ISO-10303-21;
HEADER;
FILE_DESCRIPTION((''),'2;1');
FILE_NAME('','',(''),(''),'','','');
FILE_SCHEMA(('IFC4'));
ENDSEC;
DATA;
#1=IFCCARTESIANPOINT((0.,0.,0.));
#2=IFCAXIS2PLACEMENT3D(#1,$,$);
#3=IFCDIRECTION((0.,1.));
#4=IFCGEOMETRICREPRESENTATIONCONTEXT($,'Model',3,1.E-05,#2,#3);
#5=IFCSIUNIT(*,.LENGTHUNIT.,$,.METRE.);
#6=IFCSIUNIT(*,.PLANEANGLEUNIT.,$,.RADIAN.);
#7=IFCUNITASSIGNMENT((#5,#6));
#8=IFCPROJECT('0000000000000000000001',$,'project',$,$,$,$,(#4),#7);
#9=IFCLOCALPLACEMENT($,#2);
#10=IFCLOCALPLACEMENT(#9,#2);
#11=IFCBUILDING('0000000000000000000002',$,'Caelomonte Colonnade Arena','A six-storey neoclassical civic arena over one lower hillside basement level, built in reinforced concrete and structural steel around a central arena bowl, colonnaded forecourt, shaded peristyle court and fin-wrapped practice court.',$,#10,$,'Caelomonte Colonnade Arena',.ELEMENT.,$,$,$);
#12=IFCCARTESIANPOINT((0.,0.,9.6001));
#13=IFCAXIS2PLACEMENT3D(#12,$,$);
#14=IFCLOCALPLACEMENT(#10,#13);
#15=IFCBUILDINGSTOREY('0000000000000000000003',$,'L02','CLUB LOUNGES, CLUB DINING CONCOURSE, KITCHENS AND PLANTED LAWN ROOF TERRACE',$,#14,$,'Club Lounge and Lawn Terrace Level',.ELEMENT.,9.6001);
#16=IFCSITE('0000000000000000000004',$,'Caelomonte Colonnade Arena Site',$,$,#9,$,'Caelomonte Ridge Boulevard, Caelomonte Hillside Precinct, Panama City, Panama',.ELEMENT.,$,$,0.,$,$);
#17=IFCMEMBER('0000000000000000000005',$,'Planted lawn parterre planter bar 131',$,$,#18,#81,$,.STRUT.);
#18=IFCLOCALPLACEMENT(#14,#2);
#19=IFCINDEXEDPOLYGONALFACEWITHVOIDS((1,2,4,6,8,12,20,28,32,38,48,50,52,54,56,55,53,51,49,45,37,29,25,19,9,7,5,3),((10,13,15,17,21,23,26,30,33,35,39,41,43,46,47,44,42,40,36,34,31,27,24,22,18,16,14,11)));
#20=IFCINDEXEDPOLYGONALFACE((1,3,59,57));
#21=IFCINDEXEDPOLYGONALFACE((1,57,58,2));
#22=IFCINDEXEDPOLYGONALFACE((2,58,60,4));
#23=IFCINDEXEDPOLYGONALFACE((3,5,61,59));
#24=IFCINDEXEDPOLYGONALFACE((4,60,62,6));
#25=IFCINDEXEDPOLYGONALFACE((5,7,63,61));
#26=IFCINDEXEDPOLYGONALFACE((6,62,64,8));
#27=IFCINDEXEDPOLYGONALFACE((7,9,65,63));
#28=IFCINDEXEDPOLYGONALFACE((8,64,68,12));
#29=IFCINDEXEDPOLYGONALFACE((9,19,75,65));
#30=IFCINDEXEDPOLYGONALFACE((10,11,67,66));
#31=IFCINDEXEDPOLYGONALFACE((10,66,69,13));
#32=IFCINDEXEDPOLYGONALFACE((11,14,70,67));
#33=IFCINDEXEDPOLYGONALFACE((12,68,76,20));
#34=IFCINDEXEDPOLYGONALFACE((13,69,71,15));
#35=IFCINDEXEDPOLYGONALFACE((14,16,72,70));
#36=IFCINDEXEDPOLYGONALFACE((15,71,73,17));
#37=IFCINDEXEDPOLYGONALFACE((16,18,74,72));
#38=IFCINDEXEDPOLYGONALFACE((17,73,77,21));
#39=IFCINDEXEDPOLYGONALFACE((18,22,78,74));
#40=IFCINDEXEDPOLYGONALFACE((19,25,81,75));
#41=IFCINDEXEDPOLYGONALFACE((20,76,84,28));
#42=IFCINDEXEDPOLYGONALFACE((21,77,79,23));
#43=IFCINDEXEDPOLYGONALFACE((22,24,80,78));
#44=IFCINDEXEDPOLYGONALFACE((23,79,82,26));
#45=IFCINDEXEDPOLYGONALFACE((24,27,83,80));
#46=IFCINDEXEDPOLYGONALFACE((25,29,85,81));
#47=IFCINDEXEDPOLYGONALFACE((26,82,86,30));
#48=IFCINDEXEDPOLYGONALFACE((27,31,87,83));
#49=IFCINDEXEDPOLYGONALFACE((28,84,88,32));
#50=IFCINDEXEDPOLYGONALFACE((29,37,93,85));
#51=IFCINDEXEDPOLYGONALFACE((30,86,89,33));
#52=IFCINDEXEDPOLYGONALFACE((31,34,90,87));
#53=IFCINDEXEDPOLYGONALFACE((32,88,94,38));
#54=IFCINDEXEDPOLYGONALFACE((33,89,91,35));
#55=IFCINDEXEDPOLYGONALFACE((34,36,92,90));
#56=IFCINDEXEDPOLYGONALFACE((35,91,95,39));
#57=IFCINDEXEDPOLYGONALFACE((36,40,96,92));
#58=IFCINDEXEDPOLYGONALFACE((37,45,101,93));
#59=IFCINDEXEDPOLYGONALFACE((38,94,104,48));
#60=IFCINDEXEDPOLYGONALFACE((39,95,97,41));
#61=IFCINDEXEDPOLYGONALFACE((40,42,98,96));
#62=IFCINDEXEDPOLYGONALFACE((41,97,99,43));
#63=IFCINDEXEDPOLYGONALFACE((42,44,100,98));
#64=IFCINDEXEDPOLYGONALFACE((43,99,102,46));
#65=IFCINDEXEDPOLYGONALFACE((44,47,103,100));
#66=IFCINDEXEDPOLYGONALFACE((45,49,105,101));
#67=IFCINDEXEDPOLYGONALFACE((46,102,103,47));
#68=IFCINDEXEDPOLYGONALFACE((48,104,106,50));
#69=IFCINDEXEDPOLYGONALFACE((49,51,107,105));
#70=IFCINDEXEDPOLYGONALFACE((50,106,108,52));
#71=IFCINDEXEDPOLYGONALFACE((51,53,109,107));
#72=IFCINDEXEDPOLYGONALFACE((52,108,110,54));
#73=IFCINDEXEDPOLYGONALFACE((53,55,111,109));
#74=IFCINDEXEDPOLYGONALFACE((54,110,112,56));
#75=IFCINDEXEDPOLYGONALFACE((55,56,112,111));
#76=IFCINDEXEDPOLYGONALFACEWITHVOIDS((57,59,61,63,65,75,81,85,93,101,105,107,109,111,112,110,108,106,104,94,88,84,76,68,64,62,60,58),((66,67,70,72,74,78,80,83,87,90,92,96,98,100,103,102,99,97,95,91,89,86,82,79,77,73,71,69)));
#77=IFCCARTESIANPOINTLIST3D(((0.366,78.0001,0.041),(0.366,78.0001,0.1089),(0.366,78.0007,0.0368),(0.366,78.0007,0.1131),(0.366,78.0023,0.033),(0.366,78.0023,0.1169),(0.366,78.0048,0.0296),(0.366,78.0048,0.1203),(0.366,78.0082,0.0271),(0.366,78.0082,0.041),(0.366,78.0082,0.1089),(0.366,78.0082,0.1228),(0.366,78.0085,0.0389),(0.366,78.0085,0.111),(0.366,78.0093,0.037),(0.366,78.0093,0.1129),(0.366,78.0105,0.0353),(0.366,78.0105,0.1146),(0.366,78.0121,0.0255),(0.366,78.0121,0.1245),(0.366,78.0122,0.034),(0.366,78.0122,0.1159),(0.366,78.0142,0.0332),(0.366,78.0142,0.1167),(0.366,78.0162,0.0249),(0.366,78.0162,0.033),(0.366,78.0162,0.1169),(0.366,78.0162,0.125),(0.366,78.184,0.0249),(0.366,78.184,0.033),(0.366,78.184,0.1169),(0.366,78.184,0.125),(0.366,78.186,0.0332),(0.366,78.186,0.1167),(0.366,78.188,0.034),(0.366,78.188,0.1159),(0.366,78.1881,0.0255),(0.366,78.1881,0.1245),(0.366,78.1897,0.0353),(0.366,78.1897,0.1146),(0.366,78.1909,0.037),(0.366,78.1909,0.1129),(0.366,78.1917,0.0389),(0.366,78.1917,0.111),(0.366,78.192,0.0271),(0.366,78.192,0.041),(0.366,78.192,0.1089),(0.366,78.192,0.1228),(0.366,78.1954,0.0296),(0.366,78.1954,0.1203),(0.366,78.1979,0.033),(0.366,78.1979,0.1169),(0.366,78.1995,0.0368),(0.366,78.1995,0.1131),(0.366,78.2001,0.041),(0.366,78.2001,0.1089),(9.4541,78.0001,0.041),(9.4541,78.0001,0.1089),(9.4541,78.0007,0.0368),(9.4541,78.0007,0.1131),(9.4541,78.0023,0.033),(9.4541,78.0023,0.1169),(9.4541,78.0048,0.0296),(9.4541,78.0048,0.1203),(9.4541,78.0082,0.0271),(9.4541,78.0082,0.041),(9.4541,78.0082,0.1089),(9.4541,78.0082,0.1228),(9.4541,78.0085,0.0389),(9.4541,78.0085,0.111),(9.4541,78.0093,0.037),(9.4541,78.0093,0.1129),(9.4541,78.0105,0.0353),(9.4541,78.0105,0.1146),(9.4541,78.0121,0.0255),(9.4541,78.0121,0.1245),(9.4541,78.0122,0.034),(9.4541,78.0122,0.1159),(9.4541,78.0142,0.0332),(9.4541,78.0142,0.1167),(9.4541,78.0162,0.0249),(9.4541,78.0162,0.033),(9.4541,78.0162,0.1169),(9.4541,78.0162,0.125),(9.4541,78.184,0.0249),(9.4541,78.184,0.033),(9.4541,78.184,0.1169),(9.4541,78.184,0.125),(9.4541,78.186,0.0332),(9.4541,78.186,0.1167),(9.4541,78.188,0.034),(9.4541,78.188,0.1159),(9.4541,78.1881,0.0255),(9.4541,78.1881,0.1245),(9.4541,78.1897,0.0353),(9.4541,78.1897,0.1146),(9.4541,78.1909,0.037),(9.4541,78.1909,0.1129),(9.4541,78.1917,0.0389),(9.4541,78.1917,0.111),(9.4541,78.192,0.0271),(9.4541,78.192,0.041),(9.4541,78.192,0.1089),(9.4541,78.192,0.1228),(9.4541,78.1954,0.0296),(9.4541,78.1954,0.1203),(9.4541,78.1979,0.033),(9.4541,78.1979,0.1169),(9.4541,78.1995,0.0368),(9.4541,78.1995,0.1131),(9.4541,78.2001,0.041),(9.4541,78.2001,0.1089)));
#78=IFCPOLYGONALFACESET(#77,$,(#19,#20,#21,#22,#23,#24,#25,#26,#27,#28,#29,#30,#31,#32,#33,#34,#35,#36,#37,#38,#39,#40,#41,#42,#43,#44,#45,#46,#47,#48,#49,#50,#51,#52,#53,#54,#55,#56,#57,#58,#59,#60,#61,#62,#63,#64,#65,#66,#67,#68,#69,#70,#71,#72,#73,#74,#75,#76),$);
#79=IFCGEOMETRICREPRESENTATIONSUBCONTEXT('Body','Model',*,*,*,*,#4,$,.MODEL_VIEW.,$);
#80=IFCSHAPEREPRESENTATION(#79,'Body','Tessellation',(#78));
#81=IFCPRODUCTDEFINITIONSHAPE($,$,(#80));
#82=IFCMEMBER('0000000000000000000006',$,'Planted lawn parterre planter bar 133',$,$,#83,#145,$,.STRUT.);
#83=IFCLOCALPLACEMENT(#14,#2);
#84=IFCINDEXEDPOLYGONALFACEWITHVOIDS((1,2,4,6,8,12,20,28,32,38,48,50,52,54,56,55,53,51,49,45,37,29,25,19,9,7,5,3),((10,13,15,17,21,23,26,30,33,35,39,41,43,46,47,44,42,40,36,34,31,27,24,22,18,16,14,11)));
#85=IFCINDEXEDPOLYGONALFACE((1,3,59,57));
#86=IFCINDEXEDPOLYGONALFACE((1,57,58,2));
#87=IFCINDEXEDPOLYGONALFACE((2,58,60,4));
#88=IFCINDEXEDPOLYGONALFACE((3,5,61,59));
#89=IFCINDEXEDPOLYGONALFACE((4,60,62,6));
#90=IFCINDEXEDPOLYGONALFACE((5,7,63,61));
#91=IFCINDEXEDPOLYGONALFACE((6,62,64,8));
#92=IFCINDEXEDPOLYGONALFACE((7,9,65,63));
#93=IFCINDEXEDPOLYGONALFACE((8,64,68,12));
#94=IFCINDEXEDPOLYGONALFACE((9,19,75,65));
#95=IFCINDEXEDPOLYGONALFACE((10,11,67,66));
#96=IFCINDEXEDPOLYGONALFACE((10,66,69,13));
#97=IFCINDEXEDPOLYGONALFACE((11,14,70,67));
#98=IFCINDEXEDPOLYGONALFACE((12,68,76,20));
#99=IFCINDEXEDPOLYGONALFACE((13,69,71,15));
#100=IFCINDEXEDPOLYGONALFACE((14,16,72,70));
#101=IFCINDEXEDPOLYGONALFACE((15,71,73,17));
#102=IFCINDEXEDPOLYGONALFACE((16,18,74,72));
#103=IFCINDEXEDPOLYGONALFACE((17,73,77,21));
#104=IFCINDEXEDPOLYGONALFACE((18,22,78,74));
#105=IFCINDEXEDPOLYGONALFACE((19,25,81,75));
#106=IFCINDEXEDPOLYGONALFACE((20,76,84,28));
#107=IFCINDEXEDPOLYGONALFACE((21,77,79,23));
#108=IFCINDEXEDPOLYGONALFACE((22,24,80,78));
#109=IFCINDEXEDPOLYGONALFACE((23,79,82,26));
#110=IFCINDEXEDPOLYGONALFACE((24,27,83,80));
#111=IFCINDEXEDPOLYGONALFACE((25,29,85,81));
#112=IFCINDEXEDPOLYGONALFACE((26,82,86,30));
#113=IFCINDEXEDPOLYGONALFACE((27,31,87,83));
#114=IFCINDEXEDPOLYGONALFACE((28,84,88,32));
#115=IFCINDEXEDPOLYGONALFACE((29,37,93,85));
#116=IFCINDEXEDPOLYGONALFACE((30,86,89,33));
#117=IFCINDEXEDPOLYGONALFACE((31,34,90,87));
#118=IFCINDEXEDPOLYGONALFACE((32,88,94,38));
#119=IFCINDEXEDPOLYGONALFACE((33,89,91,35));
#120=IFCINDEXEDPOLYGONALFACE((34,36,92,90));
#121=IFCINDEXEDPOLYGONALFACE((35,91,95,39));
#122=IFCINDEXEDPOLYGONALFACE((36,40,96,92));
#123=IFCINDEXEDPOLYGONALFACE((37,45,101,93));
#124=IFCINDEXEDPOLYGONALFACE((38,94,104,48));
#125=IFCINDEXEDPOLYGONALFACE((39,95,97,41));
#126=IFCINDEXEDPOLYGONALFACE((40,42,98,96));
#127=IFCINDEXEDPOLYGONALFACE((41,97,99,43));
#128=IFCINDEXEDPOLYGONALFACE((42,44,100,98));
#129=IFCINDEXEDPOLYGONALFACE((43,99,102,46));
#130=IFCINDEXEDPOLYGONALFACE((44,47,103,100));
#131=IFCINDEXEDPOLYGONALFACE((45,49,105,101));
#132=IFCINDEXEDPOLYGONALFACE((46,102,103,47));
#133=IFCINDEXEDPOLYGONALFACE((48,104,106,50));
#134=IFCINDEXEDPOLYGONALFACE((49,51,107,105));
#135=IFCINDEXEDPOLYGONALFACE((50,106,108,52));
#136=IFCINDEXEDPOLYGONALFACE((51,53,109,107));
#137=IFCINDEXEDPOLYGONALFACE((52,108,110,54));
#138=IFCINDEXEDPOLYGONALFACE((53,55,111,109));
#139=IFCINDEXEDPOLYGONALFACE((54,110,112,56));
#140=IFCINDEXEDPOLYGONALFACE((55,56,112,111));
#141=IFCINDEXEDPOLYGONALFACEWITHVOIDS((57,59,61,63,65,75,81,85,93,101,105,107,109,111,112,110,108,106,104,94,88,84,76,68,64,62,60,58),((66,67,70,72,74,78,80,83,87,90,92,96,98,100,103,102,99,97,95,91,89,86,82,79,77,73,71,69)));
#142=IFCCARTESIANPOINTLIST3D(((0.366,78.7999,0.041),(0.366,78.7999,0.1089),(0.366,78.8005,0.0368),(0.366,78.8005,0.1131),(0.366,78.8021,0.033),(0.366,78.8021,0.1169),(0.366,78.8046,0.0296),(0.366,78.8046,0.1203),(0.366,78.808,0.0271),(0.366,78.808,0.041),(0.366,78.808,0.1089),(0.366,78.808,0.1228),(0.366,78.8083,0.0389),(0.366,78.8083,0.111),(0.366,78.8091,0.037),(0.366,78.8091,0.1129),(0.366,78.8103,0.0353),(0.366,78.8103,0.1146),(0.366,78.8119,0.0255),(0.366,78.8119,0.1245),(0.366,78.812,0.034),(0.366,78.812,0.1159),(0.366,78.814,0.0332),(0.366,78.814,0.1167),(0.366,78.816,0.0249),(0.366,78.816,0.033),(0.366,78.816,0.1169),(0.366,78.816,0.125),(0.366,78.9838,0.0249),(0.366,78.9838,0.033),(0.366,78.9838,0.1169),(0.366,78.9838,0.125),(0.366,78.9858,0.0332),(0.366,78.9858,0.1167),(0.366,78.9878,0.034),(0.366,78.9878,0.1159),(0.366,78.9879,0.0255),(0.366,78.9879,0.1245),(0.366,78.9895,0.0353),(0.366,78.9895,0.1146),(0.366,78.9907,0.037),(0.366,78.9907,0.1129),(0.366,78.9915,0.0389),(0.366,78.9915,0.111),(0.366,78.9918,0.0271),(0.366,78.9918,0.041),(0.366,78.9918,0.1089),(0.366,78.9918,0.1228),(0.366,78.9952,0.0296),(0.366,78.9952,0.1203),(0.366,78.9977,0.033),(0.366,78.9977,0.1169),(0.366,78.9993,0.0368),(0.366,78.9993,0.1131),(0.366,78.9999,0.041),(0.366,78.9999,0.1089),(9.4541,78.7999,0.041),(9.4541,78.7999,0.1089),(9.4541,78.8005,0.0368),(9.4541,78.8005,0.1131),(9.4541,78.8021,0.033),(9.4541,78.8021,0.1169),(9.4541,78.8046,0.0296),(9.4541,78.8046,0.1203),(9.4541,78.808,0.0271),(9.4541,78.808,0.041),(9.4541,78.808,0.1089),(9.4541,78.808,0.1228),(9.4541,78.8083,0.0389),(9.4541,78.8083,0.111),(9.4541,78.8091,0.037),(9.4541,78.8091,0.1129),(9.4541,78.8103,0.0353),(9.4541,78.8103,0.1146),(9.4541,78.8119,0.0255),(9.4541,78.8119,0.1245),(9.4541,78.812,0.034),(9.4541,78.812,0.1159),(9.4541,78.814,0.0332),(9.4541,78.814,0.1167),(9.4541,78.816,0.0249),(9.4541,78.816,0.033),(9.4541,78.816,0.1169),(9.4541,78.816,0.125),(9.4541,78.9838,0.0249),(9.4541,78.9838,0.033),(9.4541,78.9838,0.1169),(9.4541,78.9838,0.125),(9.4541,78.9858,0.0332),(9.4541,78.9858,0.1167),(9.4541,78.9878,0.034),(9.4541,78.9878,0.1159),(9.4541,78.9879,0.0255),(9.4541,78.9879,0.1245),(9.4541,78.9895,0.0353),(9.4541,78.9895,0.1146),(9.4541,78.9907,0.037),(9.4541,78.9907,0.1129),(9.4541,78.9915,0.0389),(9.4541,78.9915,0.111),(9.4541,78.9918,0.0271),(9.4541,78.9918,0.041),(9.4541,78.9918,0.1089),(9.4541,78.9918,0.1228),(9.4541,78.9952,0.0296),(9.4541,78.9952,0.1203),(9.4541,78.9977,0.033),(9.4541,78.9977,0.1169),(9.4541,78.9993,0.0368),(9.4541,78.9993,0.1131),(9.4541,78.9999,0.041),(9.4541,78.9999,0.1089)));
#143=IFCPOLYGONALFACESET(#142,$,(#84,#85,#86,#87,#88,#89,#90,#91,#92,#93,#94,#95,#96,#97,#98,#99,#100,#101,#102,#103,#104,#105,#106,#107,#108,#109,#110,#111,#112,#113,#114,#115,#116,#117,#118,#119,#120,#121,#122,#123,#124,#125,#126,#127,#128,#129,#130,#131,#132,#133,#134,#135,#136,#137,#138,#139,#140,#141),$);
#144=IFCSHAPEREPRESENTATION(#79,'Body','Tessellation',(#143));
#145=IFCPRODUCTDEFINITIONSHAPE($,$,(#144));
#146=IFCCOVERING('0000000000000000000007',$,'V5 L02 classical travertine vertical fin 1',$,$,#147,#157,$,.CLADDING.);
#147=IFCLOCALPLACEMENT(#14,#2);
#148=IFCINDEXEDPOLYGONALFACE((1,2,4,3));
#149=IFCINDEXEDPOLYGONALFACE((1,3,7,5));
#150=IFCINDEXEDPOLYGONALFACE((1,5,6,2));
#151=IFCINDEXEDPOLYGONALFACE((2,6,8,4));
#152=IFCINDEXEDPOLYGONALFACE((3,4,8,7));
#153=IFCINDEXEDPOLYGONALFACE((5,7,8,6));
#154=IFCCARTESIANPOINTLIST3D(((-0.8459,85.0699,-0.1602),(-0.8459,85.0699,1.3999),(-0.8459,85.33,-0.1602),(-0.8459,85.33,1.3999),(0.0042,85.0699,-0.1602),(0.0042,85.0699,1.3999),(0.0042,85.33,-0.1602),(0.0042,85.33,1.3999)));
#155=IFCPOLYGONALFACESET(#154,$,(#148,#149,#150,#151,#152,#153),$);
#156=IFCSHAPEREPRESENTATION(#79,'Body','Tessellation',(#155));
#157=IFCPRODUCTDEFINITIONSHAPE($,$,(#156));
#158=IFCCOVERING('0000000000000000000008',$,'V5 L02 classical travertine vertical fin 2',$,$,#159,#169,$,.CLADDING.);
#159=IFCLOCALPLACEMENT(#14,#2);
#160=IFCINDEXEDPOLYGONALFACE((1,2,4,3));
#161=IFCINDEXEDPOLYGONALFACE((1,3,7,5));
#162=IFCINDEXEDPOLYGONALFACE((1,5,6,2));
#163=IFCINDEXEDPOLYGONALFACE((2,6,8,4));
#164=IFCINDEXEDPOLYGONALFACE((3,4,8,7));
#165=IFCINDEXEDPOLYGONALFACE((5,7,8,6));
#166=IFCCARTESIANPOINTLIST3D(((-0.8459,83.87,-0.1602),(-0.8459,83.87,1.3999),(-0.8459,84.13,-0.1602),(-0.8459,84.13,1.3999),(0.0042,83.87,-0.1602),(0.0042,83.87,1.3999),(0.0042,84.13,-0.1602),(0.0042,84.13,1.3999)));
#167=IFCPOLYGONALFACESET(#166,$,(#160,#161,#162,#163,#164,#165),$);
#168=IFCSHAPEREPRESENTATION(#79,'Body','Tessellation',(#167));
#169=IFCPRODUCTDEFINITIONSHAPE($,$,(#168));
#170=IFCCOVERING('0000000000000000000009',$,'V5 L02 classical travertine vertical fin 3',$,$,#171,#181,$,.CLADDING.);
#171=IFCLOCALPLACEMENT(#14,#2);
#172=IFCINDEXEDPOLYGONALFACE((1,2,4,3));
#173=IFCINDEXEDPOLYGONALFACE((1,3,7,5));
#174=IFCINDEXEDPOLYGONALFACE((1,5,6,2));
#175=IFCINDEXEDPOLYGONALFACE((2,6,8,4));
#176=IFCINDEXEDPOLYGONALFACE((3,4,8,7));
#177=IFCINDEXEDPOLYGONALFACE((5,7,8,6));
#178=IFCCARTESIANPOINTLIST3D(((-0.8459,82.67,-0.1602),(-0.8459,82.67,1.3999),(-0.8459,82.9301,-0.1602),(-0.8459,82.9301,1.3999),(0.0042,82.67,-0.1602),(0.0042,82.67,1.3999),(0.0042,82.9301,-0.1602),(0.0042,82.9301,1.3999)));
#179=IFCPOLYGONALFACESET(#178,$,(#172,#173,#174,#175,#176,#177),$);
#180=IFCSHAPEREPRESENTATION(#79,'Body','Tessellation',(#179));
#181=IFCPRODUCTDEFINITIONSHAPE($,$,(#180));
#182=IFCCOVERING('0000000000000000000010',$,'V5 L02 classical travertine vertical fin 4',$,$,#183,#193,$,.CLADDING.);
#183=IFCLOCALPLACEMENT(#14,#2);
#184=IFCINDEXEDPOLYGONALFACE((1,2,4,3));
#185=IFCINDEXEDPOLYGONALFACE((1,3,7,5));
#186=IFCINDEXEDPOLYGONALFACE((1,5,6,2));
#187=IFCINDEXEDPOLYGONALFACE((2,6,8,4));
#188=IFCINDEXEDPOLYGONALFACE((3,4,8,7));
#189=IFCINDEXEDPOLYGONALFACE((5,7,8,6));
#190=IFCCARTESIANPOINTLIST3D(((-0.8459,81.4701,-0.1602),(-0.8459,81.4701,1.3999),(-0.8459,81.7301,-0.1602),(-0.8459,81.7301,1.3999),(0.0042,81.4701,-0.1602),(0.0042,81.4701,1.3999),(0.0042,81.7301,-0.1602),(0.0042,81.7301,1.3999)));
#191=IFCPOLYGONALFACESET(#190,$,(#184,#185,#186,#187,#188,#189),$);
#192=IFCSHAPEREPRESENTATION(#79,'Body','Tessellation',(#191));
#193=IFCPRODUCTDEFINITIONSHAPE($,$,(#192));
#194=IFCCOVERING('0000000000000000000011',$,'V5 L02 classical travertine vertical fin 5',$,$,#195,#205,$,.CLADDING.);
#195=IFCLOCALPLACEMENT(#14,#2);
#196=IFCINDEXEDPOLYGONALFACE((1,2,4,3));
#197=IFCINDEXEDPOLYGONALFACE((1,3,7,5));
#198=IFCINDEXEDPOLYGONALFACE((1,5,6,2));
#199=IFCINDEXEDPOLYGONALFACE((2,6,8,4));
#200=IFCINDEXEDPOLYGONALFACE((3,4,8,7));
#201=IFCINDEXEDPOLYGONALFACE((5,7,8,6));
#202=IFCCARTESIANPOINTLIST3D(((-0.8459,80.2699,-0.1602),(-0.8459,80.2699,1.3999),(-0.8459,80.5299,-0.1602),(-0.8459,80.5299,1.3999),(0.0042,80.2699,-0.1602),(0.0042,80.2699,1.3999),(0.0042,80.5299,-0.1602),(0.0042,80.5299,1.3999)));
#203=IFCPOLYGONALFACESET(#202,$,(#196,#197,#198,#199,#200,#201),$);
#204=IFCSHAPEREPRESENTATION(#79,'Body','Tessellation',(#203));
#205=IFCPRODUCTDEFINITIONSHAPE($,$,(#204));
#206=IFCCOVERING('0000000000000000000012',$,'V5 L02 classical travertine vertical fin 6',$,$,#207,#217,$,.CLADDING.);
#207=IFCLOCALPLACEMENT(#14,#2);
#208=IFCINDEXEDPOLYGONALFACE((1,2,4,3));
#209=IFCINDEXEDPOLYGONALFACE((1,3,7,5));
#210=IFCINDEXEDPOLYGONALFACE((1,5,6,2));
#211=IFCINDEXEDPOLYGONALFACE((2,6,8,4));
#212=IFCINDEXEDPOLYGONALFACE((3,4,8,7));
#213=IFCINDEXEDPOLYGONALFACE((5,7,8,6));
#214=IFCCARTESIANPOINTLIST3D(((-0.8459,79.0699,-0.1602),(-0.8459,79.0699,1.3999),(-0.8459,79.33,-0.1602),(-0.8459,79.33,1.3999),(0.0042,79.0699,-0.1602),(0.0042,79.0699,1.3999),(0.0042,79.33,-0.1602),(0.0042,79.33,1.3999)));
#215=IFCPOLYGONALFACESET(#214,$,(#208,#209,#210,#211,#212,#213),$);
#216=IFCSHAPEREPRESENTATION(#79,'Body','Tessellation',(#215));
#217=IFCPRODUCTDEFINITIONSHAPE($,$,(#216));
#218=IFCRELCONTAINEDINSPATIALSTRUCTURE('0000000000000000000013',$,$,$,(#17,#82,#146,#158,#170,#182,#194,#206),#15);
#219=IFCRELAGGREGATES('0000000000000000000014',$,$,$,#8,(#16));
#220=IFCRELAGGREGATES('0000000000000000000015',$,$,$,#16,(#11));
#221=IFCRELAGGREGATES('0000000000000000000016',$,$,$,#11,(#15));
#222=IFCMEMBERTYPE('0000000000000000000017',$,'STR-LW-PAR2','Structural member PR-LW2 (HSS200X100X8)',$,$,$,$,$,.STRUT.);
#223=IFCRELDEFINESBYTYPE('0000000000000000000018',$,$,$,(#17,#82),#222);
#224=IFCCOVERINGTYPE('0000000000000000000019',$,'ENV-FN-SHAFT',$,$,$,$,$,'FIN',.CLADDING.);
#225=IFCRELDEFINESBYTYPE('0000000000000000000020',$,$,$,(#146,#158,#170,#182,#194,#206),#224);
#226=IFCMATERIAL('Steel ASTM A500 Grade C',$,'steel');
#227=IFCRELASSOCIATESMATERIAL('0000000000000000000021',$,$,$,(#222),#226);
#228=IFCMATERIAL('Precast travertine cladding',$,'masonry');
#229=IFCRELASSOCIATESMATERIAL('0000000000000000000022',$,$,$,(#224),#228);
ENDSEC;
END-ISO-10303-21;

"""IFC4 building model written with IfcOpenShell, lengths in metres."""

from ifc_helpers import new_model, si_unit, direction, frame, origin, origin_2d, place, context, subcontext, project, spatial, rectangle, hollow_rectangle, extrude, material, material_profile, profile_set, type_object, element, save


model = new_model("IFC4")

# Units and contexts
model_context = context("Model", 3, precision=1e-05, world=origin(), true_north=direction((0.0, 1.0)))
body_context = subcontext(model_context, "Body", "Model", "MODEL_VIEW")
ifc_project = project(units=[si_unit("LENGTHUNIT", "METRE"), si_unit("PLANEANGLEUNIT", "RADIAN")], contexts=[model_context])

# Site, building, storey
site_placement = place(None, origin())
site = spatial("IfcSite", under=ifc_project, at=site_placement, Name="Caelomonte Colonnade Arena Site", LongName="Caelomonte Ridge Boulevard, Caelomonte Hillside Precinct, Panama City, Panama", CompositionType="ELEMENT", RefElevation=0.0)
building_placement = place(site_placement, origin())
building = spatial("IfcBuilding", under=site, at=building_placement, Name="Caelomonte Colonnade Arena", Description="A six-storey neoclassical civic arena over one lower hillside basement level, built in reinforced concrete and structural steel around a central arena bowl, colonnaded forecourt, shaded peristyle court and fin-wrapped practice court.", LongName="Caelomonte Colonnade Arena", CompositionType="ELEMENT")
storey_placement = place(building_placement, frame((0.0, 0.0, 9.6001)))
storey = spatial("IfcBuildingStorey", under=building, at=storey_placement, Name="L02", Description="CLUB LOUNGES, CLUB DINING CONCOURSE, KITCHENS AND PLANTED LAWN ROOF TERRACE", LongName="Club Lounge and Lawn Terrace Level", CompositionType="ELEMENT", Elevation=9.6001)

# Members
ifc_material_1 = material(Name="Steel ASTM A500 Grade C", Category="steel")
ifc_material_profile_1 = material_profile(ifc_material_1, hollow_rectangle(XDim=0.2, YDim=0.1001, WallThickness=0.0081, InnerFilletRadius=0.0081, OuterFilletRadius=0.0161, at=origin_2d()), Name="HSS200X100X8")
ifc_profile_set_1 = profile_set([ifc_material_profile_1], Name="Steel ASTM A500 Grade C")
member_type_1 = type_object("IfcMemberType", Name="STR-LW-PAR2", Description="Structural member PR-LW2 (HSS200X100X8)", PredefinedType="STRUT", material=ifc_profile_set_1)
for number, where, z_axis, x_axis, name in (
    (1, (0.366, 78.1001, 0.075), (1.0, 0.0, 0.0), (0.0, 1.0, 0.0), "Planted lawn parterre planter bar 131"),
    (2, (0.366, 78.8999, 0.075), (1.0, 0.0, 0.0), (0.0, 1.0, 0.0), "Planted lawn parterre planter bar 133"),
):
    element("IfcMember", number, at=place(storey_placement, frame(where, z_axis=z_axis, x_axis=x_axis)), inside=storey, type_object=member_type_1, Name=name, PredefinedType="STRUT", context=body_context, shape_type="SweptSolid", body=[
        extrude(hollow_rectangle(XDim=0.2, YDim=0.1001, WallThickness=0.0081, InnerFilletRadius=0.0081, OuterFilletRadius=0.0161, at=origin_2d()), origin(), (0.0, 0.0, 1.0), 9.0881),
    ])

# Coverings
ifc_material_2 = material(Name="Precast travertine cladding", Category="masonry")
ifc_material_profile_2 = material_profile(ifc_material_2, rectangle(XDim=0.26, YDim=0.8501, at=origin_2d()), Name="FIN260X850")
ifc_profile_set_2 = profile_set([ifc_material_profile_2], Name="Precast travertine cladding")
covering_type = type_object("IfcCoveringType", Name="ENV-FN-SHAFT", ElementType="FIN", PredefinedType="CLADDING", material=ifc_profile_set_2)
for number, where, z_axis, x_axis, name in (
    (3, (-0.4209, 85.2, -0.1602), (0.0, 0.0, 1.0), (0.0, 1.0, 0.0), "V5 L02 classical travertine vertical fin 1"),
    (4, (-0.4209, 84.0, -0.1602), (0.0, 0.0, 1.0), (0.0, 1.0, 0.0), "V5 L02 classical travertine vertical fin 2"),
    (5, (-0.4209, 82.8, -0.1602), (0.0, 0.0, 1.0), (0.0, 1.0, 0.0), "V5 L02 classical travertine vertical fin 3"),
    (6, (-0.4209, 81.6001, -0.1602), (0.0, 0.0, 1.0), (0.0, 1.0, 0.0), "V5 L02 classical travertine vertical fin 4"),
    (7, (-0.4209, 80.3999, -0.1602), (0.0, 0.0, 1.0), (0.0, 1.0, 0.0), "V5 L02 classical travertine vertical fin 5"),
    (8, (-0.4209, 79.2, -0.1602), (0.0, 0.0, 1.0), (0.0, 1.0, 0.0), "V5 L02 classical travertine vertical fin 6"),
):
    element("IfcCovering", number, at=place(storey_placement, frame(where, z_axis=z_axis, x_axis=x_axis)), inside=storey, type_object=covering_type, Name=name, PredefinedType="CLADDING", context=body_context, shape_type="SweptSolid", body=[
        extrude(rectangle(XDim=0.26, YDim=0.8501, at=origin_2d()), origin(), (0.0, 0.0, 1.0), 1.5601),
    ])

save(model, "model.ifc")
